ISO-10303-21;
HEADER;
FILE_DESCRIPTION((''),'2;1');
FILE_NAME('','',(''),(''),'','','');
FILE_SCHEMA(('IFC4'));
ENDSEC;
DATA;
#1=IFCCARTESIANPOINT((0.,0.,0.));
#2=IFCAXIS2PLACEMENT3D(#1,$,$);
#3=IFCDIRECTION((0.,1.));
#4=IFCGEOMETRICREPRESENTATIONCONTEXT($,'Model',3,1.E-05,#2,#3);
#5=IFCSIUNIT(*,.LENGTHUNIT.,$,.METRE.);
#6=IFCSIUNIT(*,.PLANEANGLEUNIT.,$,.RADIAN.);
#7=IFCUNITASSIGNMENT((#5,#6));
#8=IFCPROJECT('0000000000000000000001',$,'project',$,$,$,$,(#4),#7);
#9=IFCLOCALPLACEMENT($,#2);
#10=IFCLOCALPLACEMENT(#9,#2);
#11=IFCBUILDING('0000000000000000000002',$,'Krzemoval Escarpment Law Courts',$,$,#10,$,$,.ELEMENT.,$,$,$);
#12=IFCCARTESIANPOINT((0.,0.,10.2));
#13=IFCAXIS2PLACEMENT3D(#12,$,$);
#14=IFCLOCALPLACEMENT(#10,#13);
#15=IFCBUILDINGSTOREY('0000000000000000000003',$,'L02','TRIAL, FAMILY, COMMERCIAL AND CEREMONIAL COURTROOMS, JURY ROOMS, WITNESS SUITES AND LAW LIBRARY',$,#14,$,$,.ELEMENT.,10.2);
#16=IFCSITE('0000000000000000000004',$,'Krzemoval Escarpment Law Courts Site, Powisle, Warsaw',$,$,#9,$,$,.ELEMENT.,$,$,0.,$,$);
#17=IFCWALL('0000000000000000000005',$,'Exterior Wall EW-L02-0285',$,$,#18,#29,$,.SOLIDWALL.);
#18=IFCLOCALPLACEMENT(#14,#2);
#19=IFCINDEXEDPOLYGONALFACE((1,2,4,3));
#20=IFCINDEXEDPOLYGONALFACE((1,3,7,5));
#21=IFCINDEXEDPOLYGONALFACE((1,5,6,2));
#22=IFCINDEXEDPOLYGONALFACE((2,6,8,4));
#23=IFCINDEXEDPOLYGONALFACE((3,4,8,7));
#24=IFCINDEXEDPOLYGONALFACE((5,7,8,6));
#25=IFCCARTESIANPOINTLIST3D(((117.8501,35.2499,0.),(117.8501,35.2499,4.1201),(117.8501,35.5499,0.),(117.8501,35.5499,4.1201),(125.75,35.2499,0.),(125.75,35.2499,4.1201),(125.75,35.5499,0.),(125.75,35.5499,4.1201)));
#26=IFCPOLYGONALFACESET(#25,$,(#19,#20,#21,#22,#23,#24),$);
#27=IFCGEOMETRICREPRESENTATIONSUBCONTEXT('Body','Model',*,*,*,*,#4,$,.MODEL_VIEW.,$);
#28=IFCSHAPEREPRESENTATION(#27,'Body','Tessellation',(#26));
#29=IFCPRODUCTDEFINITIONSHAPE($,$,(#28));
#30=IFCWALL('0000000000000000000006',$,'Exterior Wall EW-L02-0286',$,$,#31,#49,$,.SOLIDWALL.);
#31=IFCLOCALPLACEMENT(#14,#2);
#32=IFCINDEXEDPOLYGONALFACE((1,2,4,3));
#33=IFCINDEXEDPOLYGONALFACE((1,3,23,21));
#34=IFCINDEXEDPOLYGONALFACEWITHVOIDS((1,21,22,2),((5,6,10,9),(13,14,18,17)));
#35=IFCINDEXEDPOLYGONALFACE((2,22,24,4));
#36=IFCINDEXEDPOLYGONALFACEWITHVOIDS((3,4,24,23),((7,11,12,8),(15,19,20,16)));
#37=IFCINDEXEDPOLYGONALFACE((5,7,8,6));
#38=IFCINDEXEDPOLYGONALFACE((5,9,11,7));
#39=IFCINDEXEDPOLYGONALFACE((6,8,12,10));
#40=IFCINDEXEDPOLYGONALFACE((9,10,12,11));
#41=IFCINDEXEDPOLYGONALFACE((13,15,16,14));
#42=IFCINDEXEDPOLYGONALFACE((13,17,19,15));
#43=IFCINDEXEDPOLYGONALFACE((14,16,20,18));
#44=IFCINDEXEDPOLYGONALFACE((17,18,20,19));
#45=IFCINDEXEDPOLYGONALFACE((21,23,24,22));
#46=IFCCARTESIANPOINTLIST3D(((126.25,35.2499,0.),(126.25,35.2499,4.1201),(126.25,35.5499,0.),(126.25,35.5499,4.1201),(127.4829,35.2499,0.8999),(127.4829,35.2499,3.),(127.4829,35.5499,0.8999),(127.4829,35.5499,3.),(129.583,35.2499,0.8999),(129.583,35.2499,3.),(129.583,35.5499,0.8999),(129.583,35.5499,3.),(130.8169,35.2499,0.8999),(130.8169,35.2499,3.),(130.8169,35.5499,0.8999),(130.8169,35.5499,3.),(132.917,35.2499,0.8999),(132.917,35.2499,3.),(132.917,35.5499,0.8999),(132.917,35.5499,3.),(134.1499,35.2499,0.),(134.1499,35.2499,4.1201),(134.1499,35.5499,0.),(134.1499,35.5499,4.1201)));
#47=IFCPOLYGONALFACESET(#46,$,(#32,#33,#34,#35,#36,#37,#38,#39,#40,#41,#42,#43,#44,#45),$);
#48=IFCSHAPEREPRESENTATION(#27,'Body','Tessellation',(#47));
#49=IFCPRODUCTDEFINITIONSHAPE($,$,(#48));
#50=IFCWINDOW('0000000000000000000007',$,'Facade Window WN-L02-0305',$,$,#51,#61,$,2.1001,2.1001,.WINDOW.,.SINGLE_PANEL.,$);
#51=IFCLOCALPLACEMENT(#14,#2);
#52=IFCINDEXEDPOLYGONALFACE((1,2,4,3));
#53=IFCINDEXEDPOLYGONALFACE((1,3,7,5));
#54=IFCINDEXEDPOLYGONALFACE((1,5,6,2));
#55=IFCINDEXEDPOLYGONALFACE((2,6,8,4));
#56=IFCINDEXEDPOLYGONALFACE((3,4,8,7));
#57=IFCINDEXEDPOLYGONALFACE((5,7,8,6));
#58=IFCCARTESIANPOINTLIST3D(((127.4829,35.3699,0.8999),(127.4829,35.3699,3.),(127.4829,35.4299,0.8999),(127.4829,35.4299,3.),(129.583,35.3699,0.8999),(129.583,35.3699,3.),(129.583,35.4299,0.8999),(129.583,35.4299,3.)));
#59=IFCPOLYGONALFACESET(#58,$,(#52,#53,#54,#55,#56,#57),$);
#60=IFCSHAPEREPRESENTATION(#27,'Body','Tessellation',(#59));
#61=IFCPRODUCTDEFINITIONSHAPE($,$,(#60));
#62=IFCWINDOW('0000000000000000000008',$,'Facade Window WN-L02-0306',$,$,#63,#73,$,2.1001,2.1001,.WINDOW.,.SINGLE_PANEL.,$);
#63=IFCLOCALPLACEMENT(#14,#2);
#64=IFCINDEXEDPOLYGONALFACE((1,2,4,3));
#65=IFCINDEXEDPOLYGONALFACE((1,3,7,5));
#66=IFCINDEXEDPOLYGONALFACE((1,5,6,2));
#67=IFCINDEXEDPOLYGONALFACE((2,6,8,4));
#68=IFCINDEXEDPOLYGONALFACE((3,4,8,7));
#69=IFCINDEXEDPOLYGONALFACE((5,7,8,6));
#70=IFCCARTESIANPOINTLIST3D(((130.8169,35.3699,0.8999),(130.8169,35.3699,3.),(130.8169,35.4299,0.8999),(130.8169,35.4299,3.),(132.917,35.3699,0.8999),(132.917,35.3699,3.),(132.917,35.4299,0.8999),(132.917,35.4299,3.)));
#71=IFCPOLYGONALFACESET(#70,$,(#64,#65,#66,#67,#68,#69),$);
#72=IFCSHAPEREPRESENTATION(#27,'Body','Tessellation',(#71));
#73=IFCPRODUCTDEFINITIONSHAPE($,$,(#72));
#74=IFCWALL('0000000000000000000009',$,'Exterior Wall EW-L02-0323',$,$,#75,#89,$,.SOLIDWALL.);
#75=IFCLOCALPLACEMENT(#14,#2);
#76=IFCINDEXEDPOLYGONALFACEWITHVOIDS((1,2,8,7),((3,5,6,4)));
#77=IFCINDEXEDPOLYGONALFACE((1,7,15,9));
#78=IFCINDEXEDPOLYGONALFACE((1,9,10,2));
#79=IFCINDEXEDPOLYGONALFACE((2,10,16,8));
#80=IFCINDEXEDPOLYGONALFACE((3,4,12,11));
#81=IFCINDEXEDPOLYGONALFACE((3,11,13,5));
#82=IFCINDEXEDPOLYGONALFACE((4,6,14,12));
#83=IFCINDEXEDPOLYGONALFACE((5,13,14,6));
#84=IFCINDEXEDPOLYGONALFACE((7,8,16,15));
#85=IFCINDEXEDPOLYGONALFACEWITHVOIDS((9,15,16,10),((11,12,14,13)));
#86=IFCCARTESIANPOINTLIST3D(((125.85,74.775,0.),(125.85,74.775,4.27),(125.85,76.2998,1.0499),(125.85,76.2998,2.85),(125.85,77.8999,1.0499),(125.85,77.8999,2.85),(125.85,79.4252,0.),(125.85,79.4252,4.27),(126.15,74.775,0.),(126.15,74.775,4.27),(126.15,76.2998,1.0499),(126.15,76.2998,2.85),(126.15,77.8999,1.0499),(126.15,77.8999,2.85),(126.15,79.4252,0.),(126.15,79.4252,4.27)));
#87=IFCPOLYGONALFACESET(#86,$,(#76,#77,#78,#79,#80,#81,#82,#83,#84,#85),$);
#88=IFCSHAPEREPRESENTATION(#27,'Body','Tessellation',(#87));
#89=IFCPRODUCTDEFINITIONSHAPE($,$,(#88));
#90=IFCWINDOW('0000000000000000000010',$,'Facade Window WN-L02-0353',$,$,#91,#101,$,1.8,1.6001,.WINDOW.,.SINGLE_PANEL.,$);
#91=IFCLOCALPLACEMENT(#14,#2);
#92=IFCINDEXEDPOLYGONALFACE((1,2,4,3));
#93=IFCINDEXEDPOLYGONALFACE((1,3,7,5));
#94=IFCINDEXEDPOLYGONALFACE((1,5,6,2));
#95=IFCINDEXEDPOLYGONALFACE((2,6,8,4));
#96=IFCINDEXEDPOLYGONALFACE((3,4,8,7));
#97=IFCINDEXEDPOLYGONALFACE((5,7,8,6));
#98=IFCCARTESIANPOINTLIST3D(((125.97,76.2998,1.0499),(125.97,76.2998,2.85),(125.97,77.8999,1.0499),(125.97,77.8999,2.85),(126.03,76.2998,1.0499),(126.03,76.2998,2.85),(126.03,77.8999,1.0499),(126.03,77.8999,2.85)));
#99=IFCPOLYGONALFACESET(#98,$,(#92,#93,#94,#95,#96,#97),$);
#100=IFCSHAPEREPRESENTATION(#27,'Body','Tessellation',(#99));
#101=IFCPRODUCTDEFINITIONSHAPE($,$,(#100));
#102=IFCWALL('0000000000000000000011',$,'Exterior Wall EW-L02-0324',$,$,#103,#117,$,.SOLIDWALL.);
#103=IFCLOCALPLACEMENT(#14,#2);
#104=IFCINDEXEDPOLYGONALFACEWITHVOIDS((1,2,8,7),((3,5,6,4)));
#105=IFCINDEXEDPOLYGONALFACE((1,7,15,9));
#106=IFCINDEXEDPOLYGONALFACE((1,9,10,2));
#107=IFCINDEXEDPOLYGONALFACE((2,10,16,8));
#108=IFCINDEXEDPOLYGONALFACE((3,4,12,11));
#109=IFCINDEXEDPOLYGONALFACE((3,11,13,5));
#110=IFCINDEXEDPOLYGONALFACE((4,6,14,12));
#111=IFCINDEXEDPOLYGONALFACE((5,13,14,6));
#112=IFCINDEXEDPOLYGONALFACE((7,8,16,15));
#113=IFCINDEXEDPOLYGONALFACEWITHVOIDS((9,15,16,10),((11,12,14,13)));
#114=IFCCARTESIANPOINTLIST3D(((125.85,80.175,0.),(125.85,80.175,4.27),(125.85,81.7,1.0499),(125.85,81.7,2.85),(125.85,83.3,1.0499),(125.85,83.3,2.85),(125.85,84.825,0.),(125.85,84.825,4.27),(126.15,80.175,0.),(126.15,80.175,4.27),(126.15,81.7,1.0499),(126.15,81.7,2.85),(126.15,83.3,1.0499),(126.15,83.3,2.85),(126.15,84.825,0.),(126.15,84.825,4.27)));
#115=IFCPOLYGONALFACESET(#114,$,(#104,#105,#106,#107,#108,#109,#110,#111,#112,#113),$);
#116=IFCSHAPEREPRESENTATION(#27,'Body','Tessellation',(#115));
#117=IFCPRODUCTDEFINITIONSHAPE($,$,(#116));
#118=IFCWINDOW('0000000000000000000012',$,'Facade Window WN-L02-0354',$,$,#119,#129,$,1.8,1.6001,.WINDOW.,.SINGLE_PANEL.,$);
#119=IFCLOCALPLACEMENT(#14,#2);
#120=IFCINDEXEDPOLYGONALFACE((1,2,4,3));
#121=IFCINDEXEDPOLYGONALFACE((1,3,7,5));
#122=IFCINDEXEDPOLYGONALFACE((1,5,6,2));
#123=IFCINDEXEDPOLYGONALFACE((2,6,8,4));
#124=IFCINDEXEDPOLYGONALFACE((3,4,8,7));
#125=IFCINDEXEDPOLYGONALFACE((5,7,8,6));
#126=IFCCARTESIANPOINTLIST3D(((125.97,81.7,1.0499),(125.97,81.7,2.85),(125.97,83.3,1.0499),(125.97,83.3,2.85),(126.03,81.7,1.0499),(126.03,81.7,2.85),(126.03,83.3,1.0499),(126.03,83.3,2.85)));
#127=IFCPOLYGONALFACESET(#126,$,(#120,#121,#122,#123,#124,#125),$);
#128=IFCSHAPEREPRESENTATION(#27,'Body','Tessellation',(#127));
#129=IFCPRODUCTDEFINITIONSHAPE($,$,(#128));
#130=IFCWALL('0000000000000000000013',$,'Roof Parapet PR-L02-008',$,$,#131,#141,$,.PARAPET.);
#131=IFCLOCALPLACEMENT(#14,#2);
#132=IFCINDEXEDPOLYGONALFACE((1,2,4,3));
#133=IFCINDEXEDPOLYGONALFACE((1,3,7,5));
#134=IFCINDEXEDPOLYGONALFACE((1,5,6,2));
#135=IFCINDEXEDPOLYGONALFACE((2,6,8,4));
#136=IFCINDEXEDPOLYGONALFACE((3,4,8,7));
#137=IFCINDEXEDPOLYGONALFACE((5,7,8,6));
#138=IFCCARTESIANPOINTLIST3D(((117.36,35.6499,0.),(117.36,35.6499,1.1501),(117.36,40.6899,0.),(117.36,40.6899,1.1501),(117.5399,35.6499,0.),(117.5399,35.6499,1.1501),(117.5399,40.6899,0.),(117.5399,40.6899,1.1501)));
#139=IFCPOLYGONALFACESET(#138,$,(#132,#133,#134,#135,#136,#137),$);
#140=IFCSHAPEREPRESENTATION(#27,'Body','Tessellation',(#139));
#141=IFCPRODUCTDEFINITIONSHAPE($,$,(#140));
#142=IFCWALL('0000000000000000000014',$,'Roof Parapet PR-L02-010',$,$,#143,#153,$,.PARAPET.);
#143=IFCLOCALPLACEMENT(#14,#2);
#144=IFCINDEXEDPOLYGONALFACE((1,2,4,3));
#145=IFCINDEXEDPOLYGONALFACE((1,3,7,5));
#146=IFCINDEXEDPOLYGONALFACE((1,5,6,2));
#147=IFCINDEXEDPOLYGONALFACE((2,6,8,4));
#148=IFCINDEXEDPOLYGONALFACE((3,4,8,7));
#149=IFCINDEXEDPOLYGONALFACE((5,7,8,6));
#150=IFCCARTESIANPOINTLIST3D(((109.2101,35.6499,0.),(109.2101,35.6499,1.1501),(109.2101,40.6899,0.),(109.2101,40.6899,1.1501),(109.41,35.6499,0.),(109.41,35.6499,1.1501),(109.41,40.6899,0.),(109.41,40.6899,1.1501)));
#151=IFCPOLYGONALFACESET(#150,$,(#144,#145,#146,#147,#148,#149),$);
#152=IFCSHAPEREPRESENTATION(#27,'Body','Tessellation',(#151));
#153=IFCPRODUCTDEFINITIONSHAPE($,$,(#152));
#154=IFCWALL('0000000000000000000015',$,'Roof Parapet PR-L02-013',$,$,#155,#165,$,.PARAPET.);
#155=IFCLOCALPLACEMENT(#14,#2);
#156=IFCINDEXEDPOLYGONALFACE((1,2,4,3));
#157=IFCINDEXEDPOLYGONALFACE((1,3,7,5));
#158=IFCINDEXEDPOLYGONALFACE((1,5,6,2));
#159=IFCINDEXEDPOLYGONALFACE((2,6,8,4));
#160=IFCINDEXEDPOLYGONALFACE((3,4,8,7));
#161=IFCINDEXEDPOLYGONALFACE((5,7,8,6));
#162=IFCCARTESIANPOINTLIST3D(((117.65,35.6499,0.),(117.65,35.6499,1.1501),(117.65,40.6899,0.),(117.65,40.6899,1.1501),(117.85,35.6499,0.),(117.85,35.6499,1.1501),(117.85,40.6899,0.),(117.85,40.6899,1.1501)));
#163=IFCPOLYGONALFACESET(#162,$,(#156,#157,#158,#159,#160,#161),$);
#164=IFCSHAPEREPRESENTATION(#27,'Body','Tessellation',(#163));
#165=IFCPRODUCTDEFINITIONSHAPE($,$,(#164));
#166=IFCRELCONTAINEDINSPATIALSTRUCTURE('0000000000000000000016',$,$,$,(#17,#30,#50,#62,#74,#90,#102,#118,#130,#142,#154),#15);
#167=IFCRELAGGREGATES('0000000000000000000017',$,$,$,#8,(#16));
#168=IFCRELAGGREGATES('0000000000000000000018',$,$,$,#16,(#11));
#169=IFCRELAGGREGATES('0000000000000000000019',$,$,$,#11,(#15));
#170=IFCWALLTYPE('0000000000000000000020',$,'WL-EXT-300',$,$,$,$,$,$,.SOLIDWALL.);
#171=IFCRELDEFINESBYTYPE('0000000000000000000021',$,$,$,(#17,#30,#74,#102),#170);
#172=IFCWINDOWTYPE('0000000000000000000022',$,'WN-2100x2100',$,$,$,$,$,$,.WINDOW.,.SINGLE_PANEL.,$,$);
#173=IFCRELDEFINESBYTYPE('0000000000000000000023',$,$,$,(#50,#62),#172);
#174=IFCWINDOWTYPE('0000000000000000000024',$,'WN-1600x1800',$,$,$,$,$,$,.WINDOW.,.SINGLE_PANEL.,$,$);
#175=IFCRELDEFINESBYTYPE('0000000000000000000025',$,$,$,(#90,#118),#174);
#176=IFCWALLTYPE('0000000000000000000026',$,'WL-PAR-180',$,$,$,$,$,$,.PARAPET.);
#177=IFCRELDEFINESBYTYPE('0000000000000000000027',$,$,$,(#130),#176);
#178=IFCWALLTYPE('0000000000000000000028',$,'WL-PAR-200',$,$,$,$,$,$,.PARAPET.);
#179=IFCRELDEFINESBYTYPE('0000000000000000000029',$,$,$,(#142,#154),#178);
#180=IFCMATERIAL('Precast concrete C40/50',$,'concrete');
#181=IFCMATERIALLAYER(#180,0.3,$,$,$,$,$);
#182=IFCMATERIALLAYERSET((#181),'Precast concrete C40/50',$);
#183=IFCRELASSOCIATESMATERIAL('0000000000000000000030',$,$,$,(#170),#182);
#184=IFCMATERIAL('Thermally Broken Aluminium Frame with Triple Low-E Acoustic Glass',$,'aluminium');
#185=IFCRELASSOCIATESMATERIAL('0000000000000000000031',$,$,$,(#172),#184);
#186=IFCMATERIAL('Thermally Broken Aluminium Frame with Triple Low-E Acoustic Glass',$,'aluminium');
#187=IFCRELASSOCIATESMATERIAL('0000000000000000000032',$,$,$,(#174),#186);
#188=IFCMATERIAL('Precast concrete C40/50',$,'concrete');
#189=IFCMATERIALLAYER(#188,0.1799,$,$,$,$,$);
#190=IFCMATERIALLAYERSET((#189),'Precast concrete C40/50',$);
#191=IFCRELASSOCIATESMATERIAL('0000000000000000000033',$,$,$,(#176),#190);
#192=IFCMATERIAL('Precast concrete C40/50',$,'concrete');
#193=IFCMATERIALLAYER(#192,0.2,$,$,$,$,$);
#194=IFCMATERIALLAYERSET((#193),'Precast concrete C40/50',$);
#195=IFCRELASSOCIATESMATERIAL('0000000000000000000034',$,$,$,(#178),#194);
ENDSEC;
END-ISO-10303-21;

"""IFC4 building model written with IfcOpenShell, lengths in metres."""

from ifc_helpers import new_model, si_unit, direction, frame, frame_2d, origin, place, context, subcontext, project, spatial, rectangle, extrude, material, layer, layer_set, type_object, element, fill, save


model = new_model("IFC4")

# Units and contexts
model_context = context("Model", 3, precision=1e-05, world=origin(), true_north=direction((0.0, 1.0)))
body_context = subcontext(model_context, "Body", "Model", "MODEL_VIEW")
ifc_project = project(units=[si_unit("LENGTHUNIT", "METRE"), si_unit("PLANEANGLEUNIT", "RADIAN")], contexts=[model_context])

# Site, building, storey
site_placement = place(None, origin())
site = spatial("IfcSite", under=ifc_project, at=site_placement, Name="Krzemoval Escarpment Law Courts Site, Powisle, Warsaw", CompositionType="ELEMENT", RefElevation=0.0)
building_placement = place(site_placement, origin())
building = spatial("IfcBuilding", under=site, at=building_placement, Name="Krzemoval Escarpment Law Courts", CompositionType="ELEMENT")
storey_placement = place(building_placement, frame((0.0, 0.0, 10.2)))
storey = spatial("IfcBuildingStorey", under=building, at=storey_placement, Name="L02", Description="TRIAL, FAMILY, COMMERCIAL AND CEREMONIAL COURTROOMS, JURY ROOMS, WITNESS SUITES AND LAW LIBRARY", CompositionType="ELEMENT", Elevation=10.2)

# Wall
ifc_material_1 = material(Name="Precast concrete C40/50", Category="concrete")
ifc_layer_1 = layer(ifc_material_1, 0.3)
ifc_layer_set_1 = layer_set([ifc_layer_1], Name="Precast concrete C40/50")
wall_type_1 = type_object("IfcWallType", Name="WL-EXT-300", PredefinedType="SOLIDWALL", material=ifc_layer_set_1)
wall_1_placement = place(storey_placement, frame((117.8501, 35.3999, 0.0), z_axis=(0.0, 0.0, 1.0), x_axis=(1.0, 0.0, 0.0)))
element("IfcWall", 1, at=wall_1_placement, inside=storey, type_object=wall_type_1, Name="Exterior Wall EW-L02-0285", PredefinedType="SOLIDWALL", context=body_context, shape_type="SweptSolid", body=[
    extrude(rectangle(XDim=7.8999, YDim=0.3, at=frame_2d((3.95, 0.0))), origin(), (0.0, 0.0, 1.0), 4.1201),
])

# Wall, openings, windows
wall_2_placement = place(storey_placement, frame((126.25, 35.3999, 0.0), z_axis=(0.0, 0.0, 1.0), x_axis=(1.0, 0.0, 0.0)))
wall_2 = element("IfcWall", 2, at=wall_2_placement, inside=storey, type_object=wall_type_1, Name="Exterior Wall EW-L02-0286", PredefinedType="SOLIDWALL", context=body_context, shape_type="SweptSolid", body=[
    extrude(rectangle(XDim=7.8999, YDim=0.3, at=frame_2d((3.95, 0.0))), origin(), (0.0, 0.0, 1.0), 4.1201),
])
opening_1_placement = place(wall_2_placement, frame((1.2329, 0.0, 0.8999)))
opening_1 = element("IfcOpeningElement", 3, at=opening_1_placement, cuts=wall_2, PredefinedType="OPENING", context=body_context, shape_type="SweptSolid", body=[
    extrude(rectangle(XDim=2.1001, YDim=2.1001, at=frame_2d((1.05, 1.05))), frame((0.0, 0.165, 0.0), z_axis=(0.0, -1.0, 0.0), x_axis=(1.0, 0.0, 0.0)), (0.0, 0.0, 1.0), 0.3301),
])
opening_2_placement = place(wall_2_placement, frame((4.5669, 0.0, 0.8999)))
opening_2 = element("IfcOpeningElement", 4, at=opening_2_placement, cuts=wall_2, PredefinedType="OPENING", context=body_context, shape_type="SweptSolid", body=[
    extrude(rectangle(XDim=2.1001, YDim=2.1001, at=frame_2d((1.05, 1.05))), frame((0.0, 0.165, 0.0), z_axis=(0.0, -1.0, 0.0), x_axis=(1.0, 0.0, 0.0)), (0.0, 0.0, 1.0), 0.3301),
])
ifc_material_2 = material(Name="Thermally Broken Aluminium Frame with Triple Low-E Acoustic Glass", Category="aluminium")
window_type_1 = type_object("IfcWindowType", Name="WN-2100x2100", PartitioningType="SINGLE_PANEL", PredefinedType="WINDOW", material=ifc_material_2)
window_1_placement = place(opening_1_placement, origin())
window_1 = element("IfcWindow", 5, at=window_1_placement, inside=storey, type_object=window_type_1, Name="Facade Window WN-L02-0305", OverallHeight=2.1001, OverallWidth=2.1001, PartitioningType="SINGLE_PANEL", PredefinedType="WINDOW", context=body_context, shape_type="SweptSolid", body=[
    extrude(rectangle(XDim=2.1001, YDim=2.1001, at=frame_2d((1.05, 1.05))), frame((0.0, 0.03, 0.0), z_axis=(0.0, -1.0, 0.0), x_axis=(1.0, 0.0, 0.0)), (0.0, 0.0, 1.0), 0.0601),
])
fill(opening_1, window_1)
window_2_placement = place(opening_2_placement, origin())
window_2 = element("IfcWindow", 6, at=window_2_placement, inside=storey, type_object=window_type_1, Name="Facade Window WN-L02-0306", OverallHeight=2.1001, OverallWidth=2.1001, PartitioningType="SINGLE_PANEL", PredefinedType="WINDOW", context=body_context, shape_type="SweptSolid", body=[
    extrude(rectangle(XDim=2.1001, YDim=2.1001, at=frame_2d((1.05, 1.05))), frame((0.0, 0.03, 0.0), z_axis=(0.0, -1.0, 0.0), x_axis=(1.0, 0.0, 0.0)), (0.0, 0.0, 1.0), 0.0601),
])
fill(opening_2, window_2)

# Walls, openings, windows
wall_3_placement = place(storey_placement, frame((126.0, 74.7749, 0.0), z_axis=(0.0, 0.0, 1.0), x_axis=(0.0, 1.0, 0.0)))
wall_3 = element("IfcWall", 7, at=wall_3_placement, inside=storey, type_object=wall_type_1, Name="Exterior Wall EW-L02-0323", PredefinedType="SOLIDWALL", context=body_context, shape_type="SweptSolid", body=[
    extrude(rectangle(XDim=4.6501, YDim=0.3, at=frame_2d((2.3252, 0.0))), origin(), (0.0, 0.0, 1.0), 4.27),
])
opening_3_placement = place(wall_3_placement, frame((1.5249, 0.0, 1.05)))
opening_3 = element("IfcOpeningElement", 8, at=opening_3_placement, cuts=wall_3, PredefinedType="OPENING", context=body_context, shape_type="SweptSolid", body=[
    extrude(rectangle(XDim=1.6001, YDim=1.8, at=frame_2d((0.8, 0.8999))), frame((0.0, 0.165, 0.0), z_axis=(0.0, -1.0, 0.0), x_axis=(1.0, 0.0, 0.0)), (0.0, 0.0, 1.0), 0.3301),
])
ifc_material_3 = material(Name="Thermally Broken Aluminium Frame with Triple Low-E Acoustic Glass", Category="aluminium")
window_type_2 = type_object("IfcWindowType", Name="WN-1600x1800", PartitioningType="SINGLE_PANEL", PredefinedType="WINDOW", material=ifc_material_3)
window_3_placement = place(opening_3_placement, origin())
window_3 = element("IfcWindow", 9, at=window_3_placement, inside=storey, type_object=window_type_2, Name="Facade Window WN-L02-0353", OverallHeight=1.8, OverallWidth=1.6001, PartitioningType="SINGLE_PANEL", PredefinedType="WINDOW", context=body_context, shape_type="SweptSolid", body=[
    extrude(rectangle(XDim=1.6001, YDim=1.8, at=frame_2d((0.8, 0.8999))), frame((0.0, 0.03, 0.0), z_axis=(0.0, -1.0, 0.0), x_axis=(1.0, 0.0, 0.0)), (0.0, 0.0, 1.0), 0.0601),
])
fill(opening_3, window_3)
wall_4_placement = place(storey_placement, frame((126.0, 80.175, 0.0), z_axis=(0.0, 0.0, 1.0), x_axis=(0.0, 1.0, 0.0)))
wall_4 = element("IfcWall", 10, at=wall_4_placement, inside=storey, type_object=wall_type_1, Name="Exterior Wall EW-L02-0324", PredefinedType="SOLIDWALL", context=body_context, shape_type="SweptSolid", body=[
    extrude(rectangle(XDim=4.6499, YDim=0.3, at=frame_2d((2.325, 0.0))), origin(), (0.0, 0.0, 1.0), 4.27),
])
opening_4_placement = place(wall_4_placement, frame((1.5249, 0.0, 1.05)))
opening_4 = element("IfcOpeningElement", 11, at=opening_4_placement, cuts=wall_4, PredefinedType="OPENING", context=body_context, shape_type="SweptSolid", body=[
    extrude(rectangle(XDim=1.6001, YDim=1.8, at=frame_2d((0.8, 0.8999))), frame((0.0, 0.165, 0.0), z_axis=(0.0, -1.0, 0.0), x_axis=(1.0, 0.0, 0.0)), (0.0, 0.0, 1.0), 0.3301),
])
window_4_placement = place(opening_4_placement, origin())
window_4 = element("IfcWindow", 12, at=window_4_placement, inside=storey, type_object=window_type_2, Name="Facade Window WN-L02-0354", OverallHeight=1.8, OverallWidth=1.6001, PartitioningType="SINGLE_PANEL", PredefinedType="WINDOW", context=body_context, shape_type="SweptSolid", body=[
    extrude(rectangle(XDim=1.6001, YDim=1.8, at=frame_2d((0.8, 0.8999))), frame((0.0, 0.03, 0.0), z_axis=(0.0, -1.0, 0.0), x_axis=(1.0, 0.0, 0.0)), (0.0, 0.0, 1.0), 0.0601),
])
fill(opening_4, window_4)

# Walls
ifc_material_4 = material(Name="Precast concrete C40/50", Category="concrete")
ifc_layer_2 = layer(ifc_material_4, 0.1799)
ifc_layer_set_2 = layer_set([ifc_layer_2], Name="Precast concrete C40/50")
wall_type_2 = type_object("IfcWallType", Name="WL-PAR-180", PredefinedType="PARAPET", material=ifc_layer_set_2)
wall_5_placement = place(storey_placement, frame((117.45, 35.6499, 0.0), z_axis=(0.0, 0.0, 1.0), x_axis=(0.0, 1.0, 0.0)))
element("IfcWall", 13, at=wall_5_placement, inside=storey, type_object=wall_type_2, Name="Roof Parapet PR-L02-008", PredefinedType="PARAPET", context=body_context, shape_type="SweptSolid", body=[
    extrude(rectangle(XDim=5.04, YDim=0.1799, at=frame_2d((2.52, 0.0))), origin(), (0.0, 0.0, 1.0), 1.1501),
])
ifc_material_5 = material(Name="Precast concrete C40/50", Category="concrete")
ifc_layer_3 = layer(ifc_material_5, 0.2)
ifc_layer_set_3 = layer_set([ifc_layer_3], Name="Precast concrete C40/50")
wall_type_3 = type_object("IfcWallType", Name="WL-PAR-200", PredefinedType="PARAPET", material=ifc_layer_set_3)
for number, where, z_axis, x_axis, name in (
    (14, (109.3101, 40.6899, 0.0), (0.0, 0.0, 1.0), (0.0, -1.0, 0.0), "Roof Parapet PR-L02-010"),
    (15, (117.75, 40.6899, 0.0), (0.0, 0.0, 1.0), (0.0, -1.0, 0.0), "Roof Parapet PR-L02-013"),
):
    element("IfcWall", number, at=place(storey_placement, frame(where, z_axis=z_axis, x_axis=x_axis)), inside=storey, type_object=wall_type_3, Name=name, PredefinedType="PARAPET", context=body_context, shape_type="SweptSolid", body=[
        extrude(rectangle(XDim=5.04, YDim=0.2, at=frame_2d((2.52, 0.0))), origin(), (0.0, 0.0, 1.0), 1.1501),
    ])

save(model, "model.ifc")
